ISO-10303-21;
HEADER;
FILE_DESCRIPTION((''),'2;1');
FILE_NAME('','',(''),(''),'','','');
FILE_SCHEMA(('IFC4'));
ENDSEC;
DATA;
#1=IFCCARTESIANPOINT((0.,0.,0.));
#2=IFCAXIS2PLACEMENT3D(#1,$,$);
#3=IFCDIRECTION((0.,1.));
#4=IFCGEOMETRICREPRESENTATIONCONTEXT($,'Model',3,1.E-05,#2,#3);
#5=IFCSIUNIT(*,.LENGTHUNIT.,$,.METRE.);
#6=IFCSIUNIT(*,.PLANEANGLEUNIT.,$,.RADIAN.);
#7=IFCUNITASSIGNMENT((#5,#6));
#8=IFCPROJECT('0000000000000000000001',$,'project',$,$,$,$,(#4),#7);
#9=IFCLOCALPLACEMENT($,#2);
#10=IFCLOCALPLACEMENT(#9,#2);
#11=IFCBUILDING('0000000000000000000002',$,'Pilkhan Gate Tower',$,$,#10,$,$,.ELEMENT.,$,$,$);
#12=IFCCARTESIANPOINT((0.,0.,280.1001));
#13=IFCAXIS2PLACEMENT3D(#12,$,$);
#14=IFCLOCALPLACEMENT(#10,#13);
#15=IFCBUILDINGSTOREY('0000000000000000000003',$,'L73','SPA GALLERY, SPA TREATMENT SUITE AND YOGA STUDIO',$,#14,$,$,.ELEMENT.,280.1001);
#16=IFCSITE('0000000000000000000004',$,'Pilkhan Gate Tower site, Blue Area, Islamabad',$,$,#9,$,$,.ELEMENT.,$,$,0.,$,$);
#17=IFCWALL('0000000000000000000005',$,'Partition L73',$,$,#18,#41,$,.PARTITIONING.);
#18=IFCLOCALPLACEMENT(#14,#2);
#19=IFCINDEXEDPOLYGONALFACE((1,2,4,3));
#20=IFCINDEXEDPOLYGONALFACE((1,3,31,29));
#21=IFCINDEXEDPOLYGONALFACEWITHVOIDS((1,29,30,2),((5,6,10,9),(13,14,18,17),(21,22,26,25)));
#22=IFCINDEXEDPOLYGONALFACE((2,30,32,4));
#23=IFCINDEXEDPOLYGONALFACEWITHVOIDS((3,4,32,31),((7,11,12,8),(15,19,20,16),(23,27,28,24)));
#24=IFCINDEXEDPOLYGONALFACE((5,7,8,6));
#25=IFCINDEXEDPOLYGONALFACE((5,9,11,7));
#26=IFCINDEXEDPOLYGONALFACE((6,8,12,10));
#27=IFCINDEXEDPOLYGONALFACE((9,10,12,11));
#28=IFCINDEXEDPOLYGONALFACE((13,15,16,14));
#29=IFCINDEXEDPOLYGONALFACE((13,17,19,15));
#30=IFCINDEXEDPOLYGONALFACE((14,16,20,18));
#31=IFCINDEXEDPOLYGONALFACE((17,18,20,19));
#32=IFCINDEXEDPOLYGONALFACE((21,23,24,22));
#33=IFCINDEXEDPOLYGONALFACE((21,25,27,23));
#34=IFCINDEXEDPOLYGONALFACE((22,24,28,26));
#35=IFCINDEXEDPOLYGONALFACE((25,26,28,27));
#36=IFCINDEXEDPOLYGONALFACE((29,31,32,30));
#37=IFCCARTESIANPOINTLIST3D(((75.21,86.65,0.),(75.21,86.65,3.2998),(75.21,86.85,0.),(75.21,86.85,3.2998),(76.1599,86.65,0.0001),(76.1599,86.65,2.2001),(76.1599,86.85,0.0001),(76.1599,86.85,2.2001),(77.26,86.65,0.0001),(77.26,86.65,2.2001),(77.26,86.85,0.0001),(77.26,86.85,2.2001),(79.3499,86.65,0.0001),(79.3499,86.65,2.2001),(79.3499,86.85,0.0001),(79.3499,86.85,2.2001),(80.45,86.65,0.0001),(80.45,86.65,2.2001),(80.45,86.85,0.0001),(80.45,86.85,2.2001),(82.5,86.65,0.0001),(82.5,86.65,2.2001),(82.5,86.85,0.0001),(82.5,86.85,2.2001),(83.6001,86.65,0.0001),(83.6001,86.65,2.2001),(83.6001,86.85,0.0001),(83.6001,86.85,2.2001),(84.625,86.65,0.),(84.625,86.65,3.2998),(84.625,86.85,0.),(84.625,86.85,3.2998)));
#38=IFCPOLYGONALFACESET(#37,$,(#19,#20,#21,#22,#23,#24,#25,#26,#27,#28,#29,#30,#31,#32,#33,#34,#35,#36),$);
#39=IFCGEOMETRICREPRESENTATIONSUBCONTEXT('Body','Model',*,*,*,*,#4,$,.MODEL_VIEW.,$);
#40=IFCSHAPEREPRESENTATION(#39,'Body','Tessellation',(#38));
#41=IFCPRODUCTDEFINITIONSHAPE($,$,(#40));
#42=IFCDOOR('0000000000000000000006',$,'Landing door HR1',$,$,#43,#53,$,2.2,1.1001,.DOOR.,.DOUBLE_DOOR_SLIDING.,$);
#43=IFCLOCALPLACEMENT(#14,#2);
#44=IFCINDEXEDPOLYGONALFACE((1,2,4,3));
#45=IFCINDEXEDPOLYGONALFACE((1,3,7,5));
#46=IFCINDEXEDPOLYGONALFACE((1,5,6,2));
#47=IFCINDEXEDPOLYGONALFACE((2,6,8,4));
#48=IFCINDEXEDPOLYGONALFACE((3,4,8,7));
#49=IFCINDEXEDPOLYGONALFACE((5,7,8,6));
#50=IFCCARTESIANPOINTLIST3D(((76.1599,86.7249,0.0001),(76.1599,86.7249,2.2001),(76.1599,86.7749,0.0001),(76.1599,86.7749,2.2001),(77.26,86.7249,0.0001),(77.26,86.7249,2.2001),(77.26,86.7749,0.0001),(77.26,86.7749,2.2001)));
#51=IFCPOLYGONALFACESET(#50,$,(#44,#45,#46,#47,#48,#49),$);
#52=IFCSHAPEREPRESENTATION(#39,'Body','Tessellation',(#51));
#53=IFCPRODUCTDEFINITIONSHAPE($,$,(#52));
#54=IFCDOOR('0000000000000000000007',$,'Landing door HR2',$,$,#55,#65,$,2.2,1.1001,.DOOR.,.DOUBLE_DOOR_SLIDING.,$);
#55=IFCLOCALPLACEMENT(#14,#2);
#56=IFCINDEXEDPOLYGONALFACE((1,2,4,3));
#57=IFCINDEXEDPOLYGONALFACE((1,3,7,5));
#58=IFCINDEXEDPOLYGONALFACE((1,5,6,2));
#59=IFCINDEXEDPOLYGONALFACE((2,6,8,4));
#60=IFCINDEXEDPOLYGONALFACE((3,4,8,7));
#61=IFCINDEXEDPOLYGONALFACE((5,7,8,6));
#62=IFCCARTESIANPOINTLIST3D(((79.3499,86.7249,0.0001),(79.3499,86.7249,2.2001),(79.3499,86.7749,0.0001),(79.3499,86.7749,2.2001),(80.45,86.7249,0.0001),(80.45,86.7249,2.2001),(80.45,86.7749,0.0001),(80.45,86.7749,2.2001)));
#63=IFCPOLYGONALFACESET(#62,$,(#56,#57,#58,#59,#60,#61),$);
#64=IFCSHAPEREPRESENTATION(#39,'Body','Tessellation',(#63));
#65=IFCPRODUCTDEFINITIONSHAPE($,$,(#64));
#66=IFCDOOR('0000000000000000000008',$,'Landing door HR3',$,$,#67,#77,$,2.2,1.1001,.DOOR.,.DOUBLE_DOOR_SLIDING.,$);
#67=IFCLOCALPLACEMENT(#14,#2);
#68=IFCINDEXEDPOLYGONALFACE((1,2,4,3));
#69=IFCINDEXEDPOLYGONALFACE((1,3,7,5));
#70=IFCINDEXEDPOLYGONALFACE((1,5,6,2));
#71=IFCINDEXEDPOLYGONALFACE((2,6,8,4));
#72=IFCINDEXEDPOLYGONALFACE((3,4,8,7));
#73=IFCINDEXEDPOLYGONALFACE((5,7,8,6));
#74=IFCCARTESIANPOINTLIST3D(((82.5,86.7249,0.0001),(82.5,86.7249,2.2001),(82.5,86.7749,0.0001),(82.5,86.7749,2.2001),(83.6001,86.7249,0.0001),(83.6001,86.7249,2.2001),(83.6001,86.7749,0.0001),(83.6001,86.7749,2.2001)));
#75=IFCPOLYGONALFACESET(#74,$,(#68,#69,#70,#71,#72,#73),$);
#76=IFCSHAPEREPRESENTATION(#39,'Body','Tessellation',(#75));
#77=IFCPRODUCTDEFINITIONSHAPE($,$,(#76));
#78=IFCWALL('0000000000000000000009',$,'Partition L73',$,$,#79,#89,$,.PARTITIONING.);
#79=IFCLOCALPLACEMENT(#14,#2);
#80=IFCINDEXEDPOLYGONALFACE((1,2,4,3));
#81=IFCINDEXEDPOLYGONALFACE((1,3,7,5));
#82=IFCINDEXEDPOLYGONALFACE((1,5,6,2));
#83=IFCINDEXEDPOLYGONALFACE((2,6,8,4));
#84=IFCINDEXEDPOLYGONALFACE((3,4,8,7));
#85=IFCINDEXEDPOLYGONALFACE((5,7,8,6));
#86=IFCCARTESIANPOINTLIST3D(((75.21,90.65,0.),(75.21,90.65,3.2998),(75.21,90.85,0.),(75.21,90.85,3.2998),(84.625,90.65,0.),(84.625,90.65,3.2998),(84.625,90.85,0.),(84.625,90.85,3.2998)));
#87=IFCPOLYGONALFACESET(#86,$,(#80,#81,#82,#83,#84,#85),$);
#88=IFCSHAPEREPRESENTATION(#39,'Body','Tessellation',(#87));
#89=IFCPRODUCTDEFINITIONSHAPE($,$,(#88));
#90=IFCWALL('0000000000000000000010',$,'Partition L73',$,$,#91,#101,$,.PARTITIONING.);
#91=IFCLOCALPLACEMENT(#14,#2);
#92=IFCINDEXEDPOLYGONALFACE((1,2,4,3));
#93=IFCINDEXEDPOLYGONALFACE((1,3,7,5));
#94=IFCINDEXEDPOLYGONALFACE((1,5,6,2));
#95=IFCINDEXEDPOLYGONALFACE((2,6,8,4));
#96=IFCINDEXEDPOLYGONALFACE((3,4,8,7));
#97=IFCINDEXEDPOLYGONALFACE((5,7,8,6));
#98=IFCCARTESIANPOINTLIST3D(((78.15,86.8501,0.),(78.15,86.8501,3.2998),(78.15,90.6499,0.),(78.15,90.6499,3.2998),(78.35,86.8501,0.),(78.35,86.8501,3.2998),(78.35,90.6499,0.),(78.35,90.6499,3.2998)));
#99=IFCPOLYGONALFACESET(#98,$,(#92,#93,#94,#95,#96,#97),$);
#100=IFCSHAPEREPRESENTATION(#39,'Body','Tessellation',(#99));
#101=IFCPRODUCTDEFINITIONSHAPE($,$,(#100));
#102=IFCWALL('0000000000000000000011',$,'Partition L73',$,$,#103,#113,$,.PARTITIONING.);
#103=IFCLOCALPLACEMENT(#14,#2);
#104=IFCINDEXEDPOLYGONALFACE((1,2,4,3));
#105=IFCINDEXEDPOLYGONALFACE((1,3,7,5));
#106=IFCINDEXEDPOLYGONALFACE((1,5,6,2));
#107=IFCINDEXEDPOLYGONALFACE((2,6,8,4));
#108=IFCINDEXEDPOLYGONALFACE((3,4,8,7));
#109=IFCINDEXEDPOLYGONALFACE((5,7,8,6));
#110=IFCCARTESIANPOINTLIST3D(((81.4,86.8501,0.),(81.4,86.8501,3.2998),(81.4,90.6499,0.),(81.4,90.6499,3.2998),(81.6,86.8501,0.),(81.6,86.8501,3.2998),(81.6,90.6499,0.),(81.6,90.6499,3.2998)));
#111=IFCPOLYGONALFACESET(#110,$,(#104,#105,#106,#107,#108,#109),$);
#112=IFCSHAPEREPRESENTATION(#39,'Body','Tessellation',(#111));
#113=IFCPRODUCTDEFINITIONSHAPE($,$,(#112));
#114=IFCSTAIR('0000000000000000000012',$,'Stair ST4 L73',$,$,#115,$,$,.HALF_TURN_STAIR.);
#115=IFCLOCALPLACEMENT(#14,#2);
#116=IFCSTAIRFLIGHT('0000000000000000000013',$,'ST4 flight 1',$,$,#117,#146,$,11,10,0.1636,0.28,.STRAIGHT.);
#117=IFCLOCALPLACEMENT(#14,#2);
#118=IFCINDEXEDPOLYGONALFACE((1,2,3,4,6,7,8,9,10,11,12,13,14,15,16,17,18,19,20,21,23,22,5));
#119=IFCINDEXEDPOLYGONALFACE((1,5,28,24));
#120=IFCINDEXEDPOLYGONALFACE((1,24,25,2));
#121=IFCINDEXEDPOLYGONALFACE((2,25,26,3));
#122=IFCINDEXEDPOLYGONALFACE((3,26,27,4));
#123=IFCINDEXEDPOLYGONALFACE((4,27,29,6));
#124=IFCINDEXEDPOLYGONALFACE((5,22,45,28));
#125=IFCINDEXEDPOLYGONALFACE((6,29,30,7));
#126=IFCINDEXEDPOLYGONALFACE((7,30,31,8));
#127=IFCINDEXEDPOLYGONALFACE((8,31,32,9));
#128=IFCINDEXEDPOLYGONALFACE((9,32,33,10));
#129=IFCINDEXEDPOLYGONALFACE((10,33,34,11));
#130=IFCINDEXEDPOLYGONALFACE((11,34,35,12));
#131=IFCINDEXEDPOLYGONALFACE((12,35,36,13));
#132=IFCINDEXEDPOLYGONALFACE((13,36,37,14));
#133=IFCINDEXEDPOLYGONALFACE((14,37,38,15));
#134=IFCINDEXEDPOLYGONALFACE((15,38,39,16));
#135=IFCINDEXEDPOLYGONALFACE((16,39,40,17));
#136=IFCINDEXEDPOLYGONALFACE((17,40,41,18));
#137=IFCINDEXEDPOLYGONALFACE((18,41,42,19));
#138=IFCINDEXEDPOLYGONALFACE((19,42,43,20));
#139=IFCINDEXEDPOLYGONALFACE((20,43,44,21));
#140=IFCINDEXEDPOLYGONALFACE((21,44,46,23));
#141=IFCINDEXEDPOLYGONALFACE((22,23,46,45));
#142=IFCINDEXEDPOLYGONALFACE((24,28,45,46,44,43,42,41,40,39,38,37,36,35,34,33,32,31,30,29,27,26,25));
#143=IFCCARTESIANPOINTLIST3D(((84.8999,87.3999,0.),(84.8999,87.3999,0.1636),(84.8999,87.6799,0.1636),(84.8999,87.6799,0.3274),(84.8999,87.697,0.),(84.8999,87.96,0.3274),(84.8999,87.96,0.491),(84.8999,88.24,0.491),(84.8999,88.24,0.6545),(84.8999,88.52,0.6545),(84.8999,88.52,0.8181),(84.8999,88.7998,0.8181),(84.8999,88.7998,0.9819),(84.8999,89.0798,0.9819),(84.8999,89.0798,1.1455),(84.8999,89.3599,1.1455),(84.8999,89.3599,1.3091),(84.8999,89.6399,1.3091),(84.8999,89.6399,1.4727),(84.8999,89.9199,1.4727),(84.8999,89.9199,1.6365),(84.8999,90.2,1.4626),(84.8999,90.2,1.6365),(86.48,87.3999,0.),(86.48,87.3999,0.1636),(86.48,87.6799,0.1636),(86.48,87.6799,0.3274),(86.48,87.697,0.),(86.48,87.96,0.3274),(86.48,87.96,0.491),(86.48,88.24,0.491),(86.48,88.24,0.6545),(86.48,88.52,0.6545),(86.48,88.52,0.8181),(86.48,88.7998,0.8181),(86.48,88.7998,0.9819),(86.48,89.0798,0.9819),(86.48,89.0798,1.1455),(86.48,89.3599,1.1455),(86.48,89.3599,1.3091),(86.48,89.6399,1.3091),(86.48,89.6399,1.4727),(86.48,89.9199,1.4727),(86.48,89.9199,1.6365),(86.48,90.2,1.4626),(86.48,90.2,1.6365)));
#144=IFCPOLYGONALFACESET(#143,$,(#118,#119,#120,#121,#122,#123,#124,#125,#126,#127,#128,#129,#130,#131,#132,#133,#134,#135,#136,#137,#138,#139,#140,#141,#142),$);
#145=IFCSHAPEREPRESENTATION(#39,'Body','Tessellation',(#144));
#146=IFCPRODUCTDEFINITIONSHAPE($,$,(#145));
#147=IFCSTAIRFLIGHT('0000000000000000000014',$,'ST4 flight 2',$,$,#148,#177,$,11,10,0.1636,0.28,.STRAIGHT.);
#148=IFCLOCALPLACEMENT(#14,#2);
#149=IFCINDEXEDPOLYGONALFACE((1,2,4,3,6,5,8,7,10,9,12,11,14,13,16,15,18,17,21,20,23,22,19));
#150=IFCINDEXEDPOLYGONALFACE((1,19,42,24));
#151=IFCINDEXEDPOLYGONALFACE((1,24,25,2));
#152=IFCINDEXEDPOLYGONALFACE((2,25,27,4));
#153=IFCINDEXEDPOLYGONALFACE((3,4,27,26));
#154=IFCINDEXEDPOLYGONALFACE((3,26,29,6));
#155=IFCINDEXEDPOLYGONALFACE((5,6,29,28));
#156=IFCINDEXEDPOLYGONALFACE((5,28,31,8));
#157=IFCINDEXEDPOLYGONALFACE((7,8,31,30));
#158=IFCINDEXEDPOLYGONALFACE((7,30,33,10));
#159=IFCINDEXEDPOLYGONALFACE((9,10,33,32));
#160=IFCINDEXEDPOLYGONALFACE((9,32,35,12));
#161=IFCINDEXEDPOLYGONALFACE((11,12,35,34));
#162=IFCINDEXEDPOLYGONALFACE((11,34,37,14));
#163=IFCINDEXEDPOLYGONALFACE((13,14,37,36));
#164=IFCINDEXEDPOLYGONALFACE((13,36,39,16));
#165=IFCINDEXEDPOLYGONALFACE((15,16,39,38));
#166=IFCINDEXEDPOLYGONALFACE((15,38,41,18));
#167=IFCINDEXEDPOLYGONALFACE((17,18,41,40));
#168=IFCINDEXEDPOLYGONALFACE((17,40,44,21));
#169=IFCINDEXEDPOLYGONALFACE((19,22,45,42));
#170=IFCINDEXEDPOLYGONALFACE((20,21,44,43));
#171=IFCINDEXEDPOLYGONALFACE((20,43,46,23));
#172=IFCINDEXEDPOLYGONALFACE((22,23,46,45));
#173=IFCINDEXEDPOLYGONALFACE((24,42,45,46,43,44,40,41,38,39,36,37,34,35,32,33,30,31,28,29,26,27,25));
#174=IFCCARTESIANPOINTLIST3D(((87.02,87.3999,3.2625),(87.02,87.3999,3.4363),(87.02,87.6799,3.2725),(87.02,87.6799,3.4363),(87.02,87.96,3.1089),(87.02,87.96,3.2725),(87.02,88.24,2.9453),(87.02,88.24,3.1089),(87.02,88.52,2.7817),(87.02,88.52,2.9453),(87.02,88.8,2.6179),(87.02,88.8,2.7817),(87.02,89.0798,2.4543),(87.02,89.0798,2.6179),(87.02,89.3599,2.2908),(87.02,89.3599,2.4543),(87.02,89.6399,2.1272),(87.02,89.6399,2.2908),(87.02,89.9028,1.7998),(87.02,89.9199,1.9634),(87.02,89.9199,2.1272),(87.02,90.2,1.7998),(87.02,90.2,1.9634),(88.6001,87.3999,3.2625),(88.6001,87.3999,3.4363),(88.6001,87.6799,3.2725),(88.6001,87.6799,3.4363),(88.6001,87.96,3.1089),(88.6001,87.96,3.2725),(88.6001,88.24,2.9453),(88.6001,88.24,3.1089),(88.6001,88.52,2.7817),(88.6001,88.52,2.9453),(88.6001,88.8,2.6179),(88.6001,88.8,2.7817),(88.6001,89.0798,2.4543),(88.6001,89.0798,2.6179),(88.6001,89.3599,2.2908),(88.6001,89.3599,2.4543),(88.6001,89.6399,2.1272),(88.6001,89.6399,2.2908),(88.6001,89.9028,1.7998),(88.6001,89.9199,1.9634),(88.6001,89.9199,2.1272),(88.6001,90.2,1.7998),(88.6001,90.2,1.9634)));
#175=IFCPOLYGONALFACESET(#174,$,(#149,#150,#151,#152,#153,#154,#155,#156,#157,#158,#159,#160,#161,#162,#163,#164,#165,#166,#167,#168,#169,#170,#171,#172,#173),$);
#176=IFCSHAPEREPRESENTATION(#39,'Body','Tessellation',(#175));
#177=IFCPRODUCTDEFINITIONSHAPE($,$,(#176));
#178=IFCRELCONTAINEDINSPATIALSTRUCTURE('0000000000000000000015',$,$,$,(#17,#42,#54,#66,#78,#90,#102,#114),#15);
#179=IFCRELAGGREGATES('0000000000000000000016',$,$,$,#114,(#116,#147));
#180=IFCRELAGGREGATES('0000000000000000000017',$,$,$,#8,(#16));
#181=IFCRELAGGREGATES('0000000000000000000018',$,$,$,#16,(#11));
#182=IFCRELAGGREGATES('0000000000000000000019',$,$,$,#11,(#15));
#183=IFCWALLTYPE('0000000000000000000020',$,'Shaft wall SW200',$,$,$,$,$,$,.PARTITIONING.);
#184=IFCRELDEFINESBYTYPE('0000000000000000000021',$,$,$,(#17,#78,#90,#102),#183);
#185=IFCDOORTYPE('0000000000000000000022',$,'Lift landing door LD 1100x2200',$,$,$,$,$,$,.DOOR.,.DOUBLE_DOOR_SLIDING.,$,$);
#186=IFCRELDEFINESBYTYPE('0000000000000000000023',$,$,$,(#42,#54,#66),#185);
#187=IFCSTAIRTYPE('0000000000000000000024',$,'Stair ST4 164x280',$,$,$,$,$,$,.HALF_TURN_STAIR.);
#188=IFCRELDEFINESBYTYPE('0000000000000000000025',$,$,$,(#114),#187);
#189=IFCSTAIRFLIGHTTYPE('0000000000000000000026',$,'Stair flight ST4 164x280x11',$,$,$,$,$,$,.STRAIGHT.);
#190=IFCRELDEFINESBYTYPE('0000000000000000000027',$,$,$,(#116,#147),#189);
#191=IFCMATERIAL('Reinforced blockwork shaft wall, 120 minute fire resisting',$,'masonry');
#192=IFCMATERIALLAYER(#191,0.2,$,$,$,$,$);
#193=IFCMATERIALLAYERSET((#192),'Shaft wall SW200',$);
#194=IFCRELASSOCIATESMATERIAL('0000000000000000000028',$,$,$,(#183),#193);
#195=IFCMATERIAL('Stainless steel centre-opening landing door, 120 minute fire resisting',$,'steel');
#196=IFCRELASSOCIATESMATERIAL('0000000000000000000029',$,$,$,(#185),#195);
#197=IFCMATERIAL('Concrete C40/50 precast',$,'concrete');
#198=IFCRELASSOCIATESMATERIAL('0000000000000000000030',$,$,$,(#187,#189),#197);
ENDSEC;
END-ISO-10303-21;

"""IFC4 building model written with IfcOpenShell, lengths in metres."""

from ifc_helpers import new_model, si_unit, direction, frame, frame_2d, origin, place, context, subcontext, project, spatial, polyline, rectangle, outline, extrude, material, layer, layer_set, type_object, element, fill, aggregate, save


model = new_model("IFC4")

# Units and contexts
model_context = context("Model", 3, precision=1e-05, world=origin(), true_north=direction((0.0, 1.0)))
body_context = subcontext(model_context, "Body", "Model", "MODEL_VIEW")
ifc_project = project(units=[si_unit("LENGTHUNIT", "METRE"), si_unit("PLANEANGLEUNIT", "RADIAN")], contexts=[model_context])

# Site, building, storey
site_placement = place(None, origin())
site = spatial("IfcSite", under=ifc_project, at=site_placement, Name="Pilkhan Gate Tower site, Blue Area, Islamabad", CompositionType="ELEMENT", RefElevation=0.0)
building_placement = place(site_placement, origin())
building = spatial("IfcBuilding", under=site, at=building_placement, Name="Pilkhan Gate Tower", CompositionType="ELEMENT")
storey_placement = place(building_placement, frame((0.0, 0.0, 280.1001)))
storey = spatial("IfcBuildingStorey", under=building, at=storey_placement, Name="L73", Description="SPA GALLERY, SPA TREATMENT SUITE AND YOGA STUDIO", CompositionType="ELEMENT", Elevation=280.1001)

# Wall, openings, doors
ifc_material_1 = material(Name="Reinforced blockwork shaft wall, 120 minute fire resisting", Category="masonry")
ifc_layer_1 = layer(ifc_material_1, 0.2)
ifc_layer_set_1 = layer_set([ifc_layer_1], Name="Shaft wall SW200")
wall_type_1 = type_object("IfcWallType", Name="Shaft wall SW200", PredefinedType="PARTITIONING", material=ifc_layer_set_1)
wall_1_placement = place(storey_placement, frame((75.21, 86.75, 0.0), z_axis=(0.0, 0.0, 1.0), x_axis=(1.0, 0.0, 0.0)))
wall_1 = element("IfcWall", 1, at=wall_1_placement, inside=storey, type_object=wall_type_1, Name="Partition L73", PredefinedType="PARTITIONING", context=body_context, shape_type="SweptSolid", body=[
    extrude(rectangle(XDim=9.415, YDim=0.2, at=frame_2d((4.7075, 0.0))), origin(), (0.0, 0.0, 1.0), 3.2998),
])
opening_1_placement = place(wall_1_placement, frame((0.95, 0.0, 0.0)))
opening_1 = element("IfcOpeningElement", 2, at=opening_1_placement, cuts=wall_1, PredefinedType="OPENING", context=body_context, shape_type="SweptSolid", body=[
    extrude(rectangle(XDim=1.1001, YDim=2.2, at=frame_2d((0.55, 1.1001))), frame((0.0, 0.1099, 0.0), z_axis=(0.0, -1.0, 0.0), x_axis=(1.0, 0.0, 0.0)), (0.0, 0.0, 1.0), 0.22),
])
opening_2_placement = place(wall_1_placement, frame((4.1399, 0.0, 0.0)))
opening_2 = element("IfcOpeningElement", 3, at=opening_2_placement, cuts=wall_1, PredefinedType="OPENING", context=body_context, shape_type="SweptSolid", body=[
    extrude(rectangle(XDim=1.1001, YDim=2.2, at=frame_2d((0.55, 1.1001))), frame((0.0, 0.1099, 0.0), z_axis=(0.0, -1.0, 0.0), x_axis=(1.0, 0.0, 0.0)), (0.0, 0.0, 1.0), 0.22),
])
opening_3_placement = place(wall_1_placement, frame((7.29, 0.0, 0.0)))
opening_3 = element("IfcOpeningElement", 4, at=opening_3_placement, cuts=wall_1, PredefinedType="OPENING", context=body_context, shape_type="SweptSolid", body=[
    extrude(rectangle(XDim=1.1001, YDim=2.2, at=frame_2d((0.55, 1.1001))), frame((0.0, 0.1099, 0.0), z_axis=(0.0, -1.0, 0.0), x_axis=(1.0, 0.0, 0.0)), (0.0, 0.0, 1.0), 0.22),
])
ifc_material_2 = material(Name="Stainless steel centre-opening landing door, 120 minute fire resisting", Category="steel")
door_type = type_object("IfcDoorType", Name="Lift landing door LD 1100x2200", OperationType="DOUBLE_DOOR_SLIDING", PredefinedType="DOOR", material=ifc_material_2)
door_1_placement = place(opening_1_placement, origin())
door_1 = element("IfcDoor", 5, at=door_1_placement, inside=storey, type_object=door_type, Name="Landing door HR1", OperationType="DOUBLE_DOOR_SLIDING", OverallHeight=2.2, OverallWidth=1.1001, PredefinedType="DOOR", context=body_context, shape_type="SweptSolid", body=[
    extrude(rectangle(XDim=1.1001, YDim=2.2, at=frame_2d((0.55, 1.1001))), frame((0.0, 0.0249, 0.0), z_axis=(0.0, -1.0, 0.0), x_axis=(1.0, 0.0, 0.0)), (0.0, 0.0, 1.0), 0.05),
])
fill(opening_1, door_1)
door_2_placement = place(opening_2_placement, origin())
door_2 = element("IfcDoor", 6, at=door_2_placement, inside=storey, type_object=door_type, Name="Landing door HR2", OperationType="DOUBLE_DOOR_SLIDING", OverallHeight=2.2, OverallWidth=1.1001, PredefinedType="DOOR", context=body_context, shape_type="SweptSolid", body=[
    extrude(rectangle(XDim=1.1001, YDim=2.2, at=frame_2d((0.55, 1.1001))), frame((0.0, 0.0249, 0.0), z_axis=(0.0, -1.0, 0.0), x_axis=(1.0, 0.0, 0.0)), (0.0, 0.0, 1.0), 0.05),
])
fill(opening_2, door_2)
door_3_placement = place(opening_3_placement, origin())
door_3 = element("IfcDoor", 7, at=door_3_placement, inside=storey, type_object=door_type, Name="Landing door HR3", OperationType="DOUBLE_DOOR_SLIDING", OverallHeight=2.2, OverallWidth=1.1001, PredefinedType="DOOR", context=body_context, shape_type="SweptSolid", body=[
    extrude(rectangle(XDim=1.1001, YDim=2.2, at=frame_2d((0.55, 1.1001))), frame((0.0, 0.0249, 0.0), z_axis=(0.0, -1.0, 0.0), x_axis=(1.0, 0.0, 0.0)), (0.0, 0.0, 1.0), 0.05),
])
fill(opening_3, door_3)

# Walls
wall_2_placement = place(storey_placement, frame((75.21, 90.75, 0.0), z_axis=(0.0, 0.0, 1.0), x_axis=(1.0, 0.0, 0.0)))
element("IfcWall", 8, at=wall_2_placement, inside=storey, type_object=wall_type_1, Name="Partition L73", PredefinedType="PARTITIONING", context=body_context, shape_type="SweptSolid", body=[
    extrude(rectangle(XDim=9.415, YDim=0.2, at=frame_2d((4.7075, 0.0))), origin(), (0.0, 0.0, 1.0), 3.2998),
])
for number, where, z_axis, x_axis, name in (
    (9, (78.25, 86.8501, 0.0), (0.0, 0.0, 1.0), (0.0, 1.0, 0.0), "Partition L73"),
    (10, (81.5, 86.8501, 0.0), (0.0, 0.0, 1.0), (0.0, 1.0, 0.0), "Partition L73"),
):
    element("IfcWall", number, at=place(storey_placement, frame(where, z_axis=z_axis, x_axis=x_axis)), inside=storey, type_object=wall_type_1, Name=name, PredefinedType="PARTITIONING", context=body_context, shape_type="SweptSolid", body=[
        extrude(rectangle(XDim=3.7998, YDim=0.2, at=frame_2d((1.8999, 0.0))), origin(), (0.0, 0.0, 1.0), 3.2998),
    ])

# Stair, stair flights
ifc_material_3 = material(Name="Concrete C40/50 precast", Category="concrete")
stair_type = type_object("IfcStairType", Name="Stair ST4 164x280", PredefinedType="HALF_TURN_STAIR", material=ifc_material_3)
stair_placement = place(storey_placement, origin())
stair = element("IfcStair", 11, at=stair_placement, inside=storey, type_object=stair_type, Name="Stair ST4 L73", PredefinedType="HALF_TURN_STAIR")
stair_flight_type = type_object("IfcStairFlightType", Name="Stair flight ST4 164x280x11", PredefinedType="STRAIGHT", material=ifc_material_3)
stair_flight_1_placement = place(storey_placement, frame((85.6899, 87.3999, 0.0), z_axis=(0.0, 0.0, 1.0), x_axis=(0.0, 1.0, 0.0)))
stair_flight_1 = element("IfcStairFlight", 12, at=stair_flight_1_placement, type_object=stair_flight_type, Name="ST4 flight 1", NumberOfRisers=11, NumberOfTreads=10, PredefinedType="STRAIGHT", RiserHeight=0.1636, TreadLength=0.28, context=body_context, shape_type="SweptSolid", body=[
    extrude(outline(polyline([(0.0, 0.0), (0.0, 0.1636), (0.28, 0.1636), (0.28, 0.3274), (0.5601, 0.3274), (0.5601, 0.491), (0.8401, 0.491), (0.8401, 0.6545), (1.1201, 0.6545), (1.1201, 0.8181), (1.3999, 0.8181), (1.3999, 0.9819), (1.6799, 0.9819), (1.6799, 1.1455), (1.96, 1.1455), (1.96, 1.3091), (2.24, 1.3091), (2.24, 1.4727), (2.52, 1.4727), (2.52, 1.6365), (2.8, 1.6365), (2.8, 1.8), (2.8, 1.4626), (0.2971, 0.0), (0.0, 0.0)])), frame((0.0, 0.79, 0.0), z_axis=(0.0, -1.0, 0.0), x_axis=(1.0, 0.0, 0.0)), (0.0, 0.0, 1.0), 1.5801),
])
stair_flight_2_placement = place(storey_placement, frame((87.8101, 90.2, 1.7998), z_axis=(0.0, 0.0, 1.0), x_axis=(0.0, -1.0, 0.0)))
stair_flight_2 = element("IfcStairFlight", 13, at=stair_flight_2_placement, type_object=stair_flight_type, Name="ST4 flight 2", NumberOfRisers=11, NumberOfTreads=10, PredefinedType="STRAIGHT", RiserHeight=0.1636, TreadLength=0.28, context=body_context, shape_type="SweptSolid", body=[
    extrude(outline(polyline([(0.0, 0.0), (0.0, 0.1636), (0.28, 0.1636), (0.28, 0.3274), (0.5601, 0.3274), (0.5601, 0.491), (0.8401, 0.491), (0.8401, 0.6545), (1.1201, 0.6545), (1.1201, 0.8181), (1.3999, 0.8181), (1.3999, 0.9819), (1.6799, 0.9819), (1.6799, 1.1455), (1.96, 1.1455), (1.96, 1.3091), (2.24, 1.3091), (2.24, 1.4727), (2.52, 1.4727), (2.52, 1.6365), (2.8, 1.6365), (2.8, 1.8), (2.8, 1.4626), (0.2971, 0.0), (0.0, 0.0)])), frame((0.0, 0.79, 0.0), z_axis=(0.0, -1.0, 0.0), x_axis=(1.0, 0.0, 0.0)), (0.0, 0.0, 1.0), 1.5801),
])
aggregate(stair, [stair_flight_1, stair_flight_2])

save(model, "model.ifc")
